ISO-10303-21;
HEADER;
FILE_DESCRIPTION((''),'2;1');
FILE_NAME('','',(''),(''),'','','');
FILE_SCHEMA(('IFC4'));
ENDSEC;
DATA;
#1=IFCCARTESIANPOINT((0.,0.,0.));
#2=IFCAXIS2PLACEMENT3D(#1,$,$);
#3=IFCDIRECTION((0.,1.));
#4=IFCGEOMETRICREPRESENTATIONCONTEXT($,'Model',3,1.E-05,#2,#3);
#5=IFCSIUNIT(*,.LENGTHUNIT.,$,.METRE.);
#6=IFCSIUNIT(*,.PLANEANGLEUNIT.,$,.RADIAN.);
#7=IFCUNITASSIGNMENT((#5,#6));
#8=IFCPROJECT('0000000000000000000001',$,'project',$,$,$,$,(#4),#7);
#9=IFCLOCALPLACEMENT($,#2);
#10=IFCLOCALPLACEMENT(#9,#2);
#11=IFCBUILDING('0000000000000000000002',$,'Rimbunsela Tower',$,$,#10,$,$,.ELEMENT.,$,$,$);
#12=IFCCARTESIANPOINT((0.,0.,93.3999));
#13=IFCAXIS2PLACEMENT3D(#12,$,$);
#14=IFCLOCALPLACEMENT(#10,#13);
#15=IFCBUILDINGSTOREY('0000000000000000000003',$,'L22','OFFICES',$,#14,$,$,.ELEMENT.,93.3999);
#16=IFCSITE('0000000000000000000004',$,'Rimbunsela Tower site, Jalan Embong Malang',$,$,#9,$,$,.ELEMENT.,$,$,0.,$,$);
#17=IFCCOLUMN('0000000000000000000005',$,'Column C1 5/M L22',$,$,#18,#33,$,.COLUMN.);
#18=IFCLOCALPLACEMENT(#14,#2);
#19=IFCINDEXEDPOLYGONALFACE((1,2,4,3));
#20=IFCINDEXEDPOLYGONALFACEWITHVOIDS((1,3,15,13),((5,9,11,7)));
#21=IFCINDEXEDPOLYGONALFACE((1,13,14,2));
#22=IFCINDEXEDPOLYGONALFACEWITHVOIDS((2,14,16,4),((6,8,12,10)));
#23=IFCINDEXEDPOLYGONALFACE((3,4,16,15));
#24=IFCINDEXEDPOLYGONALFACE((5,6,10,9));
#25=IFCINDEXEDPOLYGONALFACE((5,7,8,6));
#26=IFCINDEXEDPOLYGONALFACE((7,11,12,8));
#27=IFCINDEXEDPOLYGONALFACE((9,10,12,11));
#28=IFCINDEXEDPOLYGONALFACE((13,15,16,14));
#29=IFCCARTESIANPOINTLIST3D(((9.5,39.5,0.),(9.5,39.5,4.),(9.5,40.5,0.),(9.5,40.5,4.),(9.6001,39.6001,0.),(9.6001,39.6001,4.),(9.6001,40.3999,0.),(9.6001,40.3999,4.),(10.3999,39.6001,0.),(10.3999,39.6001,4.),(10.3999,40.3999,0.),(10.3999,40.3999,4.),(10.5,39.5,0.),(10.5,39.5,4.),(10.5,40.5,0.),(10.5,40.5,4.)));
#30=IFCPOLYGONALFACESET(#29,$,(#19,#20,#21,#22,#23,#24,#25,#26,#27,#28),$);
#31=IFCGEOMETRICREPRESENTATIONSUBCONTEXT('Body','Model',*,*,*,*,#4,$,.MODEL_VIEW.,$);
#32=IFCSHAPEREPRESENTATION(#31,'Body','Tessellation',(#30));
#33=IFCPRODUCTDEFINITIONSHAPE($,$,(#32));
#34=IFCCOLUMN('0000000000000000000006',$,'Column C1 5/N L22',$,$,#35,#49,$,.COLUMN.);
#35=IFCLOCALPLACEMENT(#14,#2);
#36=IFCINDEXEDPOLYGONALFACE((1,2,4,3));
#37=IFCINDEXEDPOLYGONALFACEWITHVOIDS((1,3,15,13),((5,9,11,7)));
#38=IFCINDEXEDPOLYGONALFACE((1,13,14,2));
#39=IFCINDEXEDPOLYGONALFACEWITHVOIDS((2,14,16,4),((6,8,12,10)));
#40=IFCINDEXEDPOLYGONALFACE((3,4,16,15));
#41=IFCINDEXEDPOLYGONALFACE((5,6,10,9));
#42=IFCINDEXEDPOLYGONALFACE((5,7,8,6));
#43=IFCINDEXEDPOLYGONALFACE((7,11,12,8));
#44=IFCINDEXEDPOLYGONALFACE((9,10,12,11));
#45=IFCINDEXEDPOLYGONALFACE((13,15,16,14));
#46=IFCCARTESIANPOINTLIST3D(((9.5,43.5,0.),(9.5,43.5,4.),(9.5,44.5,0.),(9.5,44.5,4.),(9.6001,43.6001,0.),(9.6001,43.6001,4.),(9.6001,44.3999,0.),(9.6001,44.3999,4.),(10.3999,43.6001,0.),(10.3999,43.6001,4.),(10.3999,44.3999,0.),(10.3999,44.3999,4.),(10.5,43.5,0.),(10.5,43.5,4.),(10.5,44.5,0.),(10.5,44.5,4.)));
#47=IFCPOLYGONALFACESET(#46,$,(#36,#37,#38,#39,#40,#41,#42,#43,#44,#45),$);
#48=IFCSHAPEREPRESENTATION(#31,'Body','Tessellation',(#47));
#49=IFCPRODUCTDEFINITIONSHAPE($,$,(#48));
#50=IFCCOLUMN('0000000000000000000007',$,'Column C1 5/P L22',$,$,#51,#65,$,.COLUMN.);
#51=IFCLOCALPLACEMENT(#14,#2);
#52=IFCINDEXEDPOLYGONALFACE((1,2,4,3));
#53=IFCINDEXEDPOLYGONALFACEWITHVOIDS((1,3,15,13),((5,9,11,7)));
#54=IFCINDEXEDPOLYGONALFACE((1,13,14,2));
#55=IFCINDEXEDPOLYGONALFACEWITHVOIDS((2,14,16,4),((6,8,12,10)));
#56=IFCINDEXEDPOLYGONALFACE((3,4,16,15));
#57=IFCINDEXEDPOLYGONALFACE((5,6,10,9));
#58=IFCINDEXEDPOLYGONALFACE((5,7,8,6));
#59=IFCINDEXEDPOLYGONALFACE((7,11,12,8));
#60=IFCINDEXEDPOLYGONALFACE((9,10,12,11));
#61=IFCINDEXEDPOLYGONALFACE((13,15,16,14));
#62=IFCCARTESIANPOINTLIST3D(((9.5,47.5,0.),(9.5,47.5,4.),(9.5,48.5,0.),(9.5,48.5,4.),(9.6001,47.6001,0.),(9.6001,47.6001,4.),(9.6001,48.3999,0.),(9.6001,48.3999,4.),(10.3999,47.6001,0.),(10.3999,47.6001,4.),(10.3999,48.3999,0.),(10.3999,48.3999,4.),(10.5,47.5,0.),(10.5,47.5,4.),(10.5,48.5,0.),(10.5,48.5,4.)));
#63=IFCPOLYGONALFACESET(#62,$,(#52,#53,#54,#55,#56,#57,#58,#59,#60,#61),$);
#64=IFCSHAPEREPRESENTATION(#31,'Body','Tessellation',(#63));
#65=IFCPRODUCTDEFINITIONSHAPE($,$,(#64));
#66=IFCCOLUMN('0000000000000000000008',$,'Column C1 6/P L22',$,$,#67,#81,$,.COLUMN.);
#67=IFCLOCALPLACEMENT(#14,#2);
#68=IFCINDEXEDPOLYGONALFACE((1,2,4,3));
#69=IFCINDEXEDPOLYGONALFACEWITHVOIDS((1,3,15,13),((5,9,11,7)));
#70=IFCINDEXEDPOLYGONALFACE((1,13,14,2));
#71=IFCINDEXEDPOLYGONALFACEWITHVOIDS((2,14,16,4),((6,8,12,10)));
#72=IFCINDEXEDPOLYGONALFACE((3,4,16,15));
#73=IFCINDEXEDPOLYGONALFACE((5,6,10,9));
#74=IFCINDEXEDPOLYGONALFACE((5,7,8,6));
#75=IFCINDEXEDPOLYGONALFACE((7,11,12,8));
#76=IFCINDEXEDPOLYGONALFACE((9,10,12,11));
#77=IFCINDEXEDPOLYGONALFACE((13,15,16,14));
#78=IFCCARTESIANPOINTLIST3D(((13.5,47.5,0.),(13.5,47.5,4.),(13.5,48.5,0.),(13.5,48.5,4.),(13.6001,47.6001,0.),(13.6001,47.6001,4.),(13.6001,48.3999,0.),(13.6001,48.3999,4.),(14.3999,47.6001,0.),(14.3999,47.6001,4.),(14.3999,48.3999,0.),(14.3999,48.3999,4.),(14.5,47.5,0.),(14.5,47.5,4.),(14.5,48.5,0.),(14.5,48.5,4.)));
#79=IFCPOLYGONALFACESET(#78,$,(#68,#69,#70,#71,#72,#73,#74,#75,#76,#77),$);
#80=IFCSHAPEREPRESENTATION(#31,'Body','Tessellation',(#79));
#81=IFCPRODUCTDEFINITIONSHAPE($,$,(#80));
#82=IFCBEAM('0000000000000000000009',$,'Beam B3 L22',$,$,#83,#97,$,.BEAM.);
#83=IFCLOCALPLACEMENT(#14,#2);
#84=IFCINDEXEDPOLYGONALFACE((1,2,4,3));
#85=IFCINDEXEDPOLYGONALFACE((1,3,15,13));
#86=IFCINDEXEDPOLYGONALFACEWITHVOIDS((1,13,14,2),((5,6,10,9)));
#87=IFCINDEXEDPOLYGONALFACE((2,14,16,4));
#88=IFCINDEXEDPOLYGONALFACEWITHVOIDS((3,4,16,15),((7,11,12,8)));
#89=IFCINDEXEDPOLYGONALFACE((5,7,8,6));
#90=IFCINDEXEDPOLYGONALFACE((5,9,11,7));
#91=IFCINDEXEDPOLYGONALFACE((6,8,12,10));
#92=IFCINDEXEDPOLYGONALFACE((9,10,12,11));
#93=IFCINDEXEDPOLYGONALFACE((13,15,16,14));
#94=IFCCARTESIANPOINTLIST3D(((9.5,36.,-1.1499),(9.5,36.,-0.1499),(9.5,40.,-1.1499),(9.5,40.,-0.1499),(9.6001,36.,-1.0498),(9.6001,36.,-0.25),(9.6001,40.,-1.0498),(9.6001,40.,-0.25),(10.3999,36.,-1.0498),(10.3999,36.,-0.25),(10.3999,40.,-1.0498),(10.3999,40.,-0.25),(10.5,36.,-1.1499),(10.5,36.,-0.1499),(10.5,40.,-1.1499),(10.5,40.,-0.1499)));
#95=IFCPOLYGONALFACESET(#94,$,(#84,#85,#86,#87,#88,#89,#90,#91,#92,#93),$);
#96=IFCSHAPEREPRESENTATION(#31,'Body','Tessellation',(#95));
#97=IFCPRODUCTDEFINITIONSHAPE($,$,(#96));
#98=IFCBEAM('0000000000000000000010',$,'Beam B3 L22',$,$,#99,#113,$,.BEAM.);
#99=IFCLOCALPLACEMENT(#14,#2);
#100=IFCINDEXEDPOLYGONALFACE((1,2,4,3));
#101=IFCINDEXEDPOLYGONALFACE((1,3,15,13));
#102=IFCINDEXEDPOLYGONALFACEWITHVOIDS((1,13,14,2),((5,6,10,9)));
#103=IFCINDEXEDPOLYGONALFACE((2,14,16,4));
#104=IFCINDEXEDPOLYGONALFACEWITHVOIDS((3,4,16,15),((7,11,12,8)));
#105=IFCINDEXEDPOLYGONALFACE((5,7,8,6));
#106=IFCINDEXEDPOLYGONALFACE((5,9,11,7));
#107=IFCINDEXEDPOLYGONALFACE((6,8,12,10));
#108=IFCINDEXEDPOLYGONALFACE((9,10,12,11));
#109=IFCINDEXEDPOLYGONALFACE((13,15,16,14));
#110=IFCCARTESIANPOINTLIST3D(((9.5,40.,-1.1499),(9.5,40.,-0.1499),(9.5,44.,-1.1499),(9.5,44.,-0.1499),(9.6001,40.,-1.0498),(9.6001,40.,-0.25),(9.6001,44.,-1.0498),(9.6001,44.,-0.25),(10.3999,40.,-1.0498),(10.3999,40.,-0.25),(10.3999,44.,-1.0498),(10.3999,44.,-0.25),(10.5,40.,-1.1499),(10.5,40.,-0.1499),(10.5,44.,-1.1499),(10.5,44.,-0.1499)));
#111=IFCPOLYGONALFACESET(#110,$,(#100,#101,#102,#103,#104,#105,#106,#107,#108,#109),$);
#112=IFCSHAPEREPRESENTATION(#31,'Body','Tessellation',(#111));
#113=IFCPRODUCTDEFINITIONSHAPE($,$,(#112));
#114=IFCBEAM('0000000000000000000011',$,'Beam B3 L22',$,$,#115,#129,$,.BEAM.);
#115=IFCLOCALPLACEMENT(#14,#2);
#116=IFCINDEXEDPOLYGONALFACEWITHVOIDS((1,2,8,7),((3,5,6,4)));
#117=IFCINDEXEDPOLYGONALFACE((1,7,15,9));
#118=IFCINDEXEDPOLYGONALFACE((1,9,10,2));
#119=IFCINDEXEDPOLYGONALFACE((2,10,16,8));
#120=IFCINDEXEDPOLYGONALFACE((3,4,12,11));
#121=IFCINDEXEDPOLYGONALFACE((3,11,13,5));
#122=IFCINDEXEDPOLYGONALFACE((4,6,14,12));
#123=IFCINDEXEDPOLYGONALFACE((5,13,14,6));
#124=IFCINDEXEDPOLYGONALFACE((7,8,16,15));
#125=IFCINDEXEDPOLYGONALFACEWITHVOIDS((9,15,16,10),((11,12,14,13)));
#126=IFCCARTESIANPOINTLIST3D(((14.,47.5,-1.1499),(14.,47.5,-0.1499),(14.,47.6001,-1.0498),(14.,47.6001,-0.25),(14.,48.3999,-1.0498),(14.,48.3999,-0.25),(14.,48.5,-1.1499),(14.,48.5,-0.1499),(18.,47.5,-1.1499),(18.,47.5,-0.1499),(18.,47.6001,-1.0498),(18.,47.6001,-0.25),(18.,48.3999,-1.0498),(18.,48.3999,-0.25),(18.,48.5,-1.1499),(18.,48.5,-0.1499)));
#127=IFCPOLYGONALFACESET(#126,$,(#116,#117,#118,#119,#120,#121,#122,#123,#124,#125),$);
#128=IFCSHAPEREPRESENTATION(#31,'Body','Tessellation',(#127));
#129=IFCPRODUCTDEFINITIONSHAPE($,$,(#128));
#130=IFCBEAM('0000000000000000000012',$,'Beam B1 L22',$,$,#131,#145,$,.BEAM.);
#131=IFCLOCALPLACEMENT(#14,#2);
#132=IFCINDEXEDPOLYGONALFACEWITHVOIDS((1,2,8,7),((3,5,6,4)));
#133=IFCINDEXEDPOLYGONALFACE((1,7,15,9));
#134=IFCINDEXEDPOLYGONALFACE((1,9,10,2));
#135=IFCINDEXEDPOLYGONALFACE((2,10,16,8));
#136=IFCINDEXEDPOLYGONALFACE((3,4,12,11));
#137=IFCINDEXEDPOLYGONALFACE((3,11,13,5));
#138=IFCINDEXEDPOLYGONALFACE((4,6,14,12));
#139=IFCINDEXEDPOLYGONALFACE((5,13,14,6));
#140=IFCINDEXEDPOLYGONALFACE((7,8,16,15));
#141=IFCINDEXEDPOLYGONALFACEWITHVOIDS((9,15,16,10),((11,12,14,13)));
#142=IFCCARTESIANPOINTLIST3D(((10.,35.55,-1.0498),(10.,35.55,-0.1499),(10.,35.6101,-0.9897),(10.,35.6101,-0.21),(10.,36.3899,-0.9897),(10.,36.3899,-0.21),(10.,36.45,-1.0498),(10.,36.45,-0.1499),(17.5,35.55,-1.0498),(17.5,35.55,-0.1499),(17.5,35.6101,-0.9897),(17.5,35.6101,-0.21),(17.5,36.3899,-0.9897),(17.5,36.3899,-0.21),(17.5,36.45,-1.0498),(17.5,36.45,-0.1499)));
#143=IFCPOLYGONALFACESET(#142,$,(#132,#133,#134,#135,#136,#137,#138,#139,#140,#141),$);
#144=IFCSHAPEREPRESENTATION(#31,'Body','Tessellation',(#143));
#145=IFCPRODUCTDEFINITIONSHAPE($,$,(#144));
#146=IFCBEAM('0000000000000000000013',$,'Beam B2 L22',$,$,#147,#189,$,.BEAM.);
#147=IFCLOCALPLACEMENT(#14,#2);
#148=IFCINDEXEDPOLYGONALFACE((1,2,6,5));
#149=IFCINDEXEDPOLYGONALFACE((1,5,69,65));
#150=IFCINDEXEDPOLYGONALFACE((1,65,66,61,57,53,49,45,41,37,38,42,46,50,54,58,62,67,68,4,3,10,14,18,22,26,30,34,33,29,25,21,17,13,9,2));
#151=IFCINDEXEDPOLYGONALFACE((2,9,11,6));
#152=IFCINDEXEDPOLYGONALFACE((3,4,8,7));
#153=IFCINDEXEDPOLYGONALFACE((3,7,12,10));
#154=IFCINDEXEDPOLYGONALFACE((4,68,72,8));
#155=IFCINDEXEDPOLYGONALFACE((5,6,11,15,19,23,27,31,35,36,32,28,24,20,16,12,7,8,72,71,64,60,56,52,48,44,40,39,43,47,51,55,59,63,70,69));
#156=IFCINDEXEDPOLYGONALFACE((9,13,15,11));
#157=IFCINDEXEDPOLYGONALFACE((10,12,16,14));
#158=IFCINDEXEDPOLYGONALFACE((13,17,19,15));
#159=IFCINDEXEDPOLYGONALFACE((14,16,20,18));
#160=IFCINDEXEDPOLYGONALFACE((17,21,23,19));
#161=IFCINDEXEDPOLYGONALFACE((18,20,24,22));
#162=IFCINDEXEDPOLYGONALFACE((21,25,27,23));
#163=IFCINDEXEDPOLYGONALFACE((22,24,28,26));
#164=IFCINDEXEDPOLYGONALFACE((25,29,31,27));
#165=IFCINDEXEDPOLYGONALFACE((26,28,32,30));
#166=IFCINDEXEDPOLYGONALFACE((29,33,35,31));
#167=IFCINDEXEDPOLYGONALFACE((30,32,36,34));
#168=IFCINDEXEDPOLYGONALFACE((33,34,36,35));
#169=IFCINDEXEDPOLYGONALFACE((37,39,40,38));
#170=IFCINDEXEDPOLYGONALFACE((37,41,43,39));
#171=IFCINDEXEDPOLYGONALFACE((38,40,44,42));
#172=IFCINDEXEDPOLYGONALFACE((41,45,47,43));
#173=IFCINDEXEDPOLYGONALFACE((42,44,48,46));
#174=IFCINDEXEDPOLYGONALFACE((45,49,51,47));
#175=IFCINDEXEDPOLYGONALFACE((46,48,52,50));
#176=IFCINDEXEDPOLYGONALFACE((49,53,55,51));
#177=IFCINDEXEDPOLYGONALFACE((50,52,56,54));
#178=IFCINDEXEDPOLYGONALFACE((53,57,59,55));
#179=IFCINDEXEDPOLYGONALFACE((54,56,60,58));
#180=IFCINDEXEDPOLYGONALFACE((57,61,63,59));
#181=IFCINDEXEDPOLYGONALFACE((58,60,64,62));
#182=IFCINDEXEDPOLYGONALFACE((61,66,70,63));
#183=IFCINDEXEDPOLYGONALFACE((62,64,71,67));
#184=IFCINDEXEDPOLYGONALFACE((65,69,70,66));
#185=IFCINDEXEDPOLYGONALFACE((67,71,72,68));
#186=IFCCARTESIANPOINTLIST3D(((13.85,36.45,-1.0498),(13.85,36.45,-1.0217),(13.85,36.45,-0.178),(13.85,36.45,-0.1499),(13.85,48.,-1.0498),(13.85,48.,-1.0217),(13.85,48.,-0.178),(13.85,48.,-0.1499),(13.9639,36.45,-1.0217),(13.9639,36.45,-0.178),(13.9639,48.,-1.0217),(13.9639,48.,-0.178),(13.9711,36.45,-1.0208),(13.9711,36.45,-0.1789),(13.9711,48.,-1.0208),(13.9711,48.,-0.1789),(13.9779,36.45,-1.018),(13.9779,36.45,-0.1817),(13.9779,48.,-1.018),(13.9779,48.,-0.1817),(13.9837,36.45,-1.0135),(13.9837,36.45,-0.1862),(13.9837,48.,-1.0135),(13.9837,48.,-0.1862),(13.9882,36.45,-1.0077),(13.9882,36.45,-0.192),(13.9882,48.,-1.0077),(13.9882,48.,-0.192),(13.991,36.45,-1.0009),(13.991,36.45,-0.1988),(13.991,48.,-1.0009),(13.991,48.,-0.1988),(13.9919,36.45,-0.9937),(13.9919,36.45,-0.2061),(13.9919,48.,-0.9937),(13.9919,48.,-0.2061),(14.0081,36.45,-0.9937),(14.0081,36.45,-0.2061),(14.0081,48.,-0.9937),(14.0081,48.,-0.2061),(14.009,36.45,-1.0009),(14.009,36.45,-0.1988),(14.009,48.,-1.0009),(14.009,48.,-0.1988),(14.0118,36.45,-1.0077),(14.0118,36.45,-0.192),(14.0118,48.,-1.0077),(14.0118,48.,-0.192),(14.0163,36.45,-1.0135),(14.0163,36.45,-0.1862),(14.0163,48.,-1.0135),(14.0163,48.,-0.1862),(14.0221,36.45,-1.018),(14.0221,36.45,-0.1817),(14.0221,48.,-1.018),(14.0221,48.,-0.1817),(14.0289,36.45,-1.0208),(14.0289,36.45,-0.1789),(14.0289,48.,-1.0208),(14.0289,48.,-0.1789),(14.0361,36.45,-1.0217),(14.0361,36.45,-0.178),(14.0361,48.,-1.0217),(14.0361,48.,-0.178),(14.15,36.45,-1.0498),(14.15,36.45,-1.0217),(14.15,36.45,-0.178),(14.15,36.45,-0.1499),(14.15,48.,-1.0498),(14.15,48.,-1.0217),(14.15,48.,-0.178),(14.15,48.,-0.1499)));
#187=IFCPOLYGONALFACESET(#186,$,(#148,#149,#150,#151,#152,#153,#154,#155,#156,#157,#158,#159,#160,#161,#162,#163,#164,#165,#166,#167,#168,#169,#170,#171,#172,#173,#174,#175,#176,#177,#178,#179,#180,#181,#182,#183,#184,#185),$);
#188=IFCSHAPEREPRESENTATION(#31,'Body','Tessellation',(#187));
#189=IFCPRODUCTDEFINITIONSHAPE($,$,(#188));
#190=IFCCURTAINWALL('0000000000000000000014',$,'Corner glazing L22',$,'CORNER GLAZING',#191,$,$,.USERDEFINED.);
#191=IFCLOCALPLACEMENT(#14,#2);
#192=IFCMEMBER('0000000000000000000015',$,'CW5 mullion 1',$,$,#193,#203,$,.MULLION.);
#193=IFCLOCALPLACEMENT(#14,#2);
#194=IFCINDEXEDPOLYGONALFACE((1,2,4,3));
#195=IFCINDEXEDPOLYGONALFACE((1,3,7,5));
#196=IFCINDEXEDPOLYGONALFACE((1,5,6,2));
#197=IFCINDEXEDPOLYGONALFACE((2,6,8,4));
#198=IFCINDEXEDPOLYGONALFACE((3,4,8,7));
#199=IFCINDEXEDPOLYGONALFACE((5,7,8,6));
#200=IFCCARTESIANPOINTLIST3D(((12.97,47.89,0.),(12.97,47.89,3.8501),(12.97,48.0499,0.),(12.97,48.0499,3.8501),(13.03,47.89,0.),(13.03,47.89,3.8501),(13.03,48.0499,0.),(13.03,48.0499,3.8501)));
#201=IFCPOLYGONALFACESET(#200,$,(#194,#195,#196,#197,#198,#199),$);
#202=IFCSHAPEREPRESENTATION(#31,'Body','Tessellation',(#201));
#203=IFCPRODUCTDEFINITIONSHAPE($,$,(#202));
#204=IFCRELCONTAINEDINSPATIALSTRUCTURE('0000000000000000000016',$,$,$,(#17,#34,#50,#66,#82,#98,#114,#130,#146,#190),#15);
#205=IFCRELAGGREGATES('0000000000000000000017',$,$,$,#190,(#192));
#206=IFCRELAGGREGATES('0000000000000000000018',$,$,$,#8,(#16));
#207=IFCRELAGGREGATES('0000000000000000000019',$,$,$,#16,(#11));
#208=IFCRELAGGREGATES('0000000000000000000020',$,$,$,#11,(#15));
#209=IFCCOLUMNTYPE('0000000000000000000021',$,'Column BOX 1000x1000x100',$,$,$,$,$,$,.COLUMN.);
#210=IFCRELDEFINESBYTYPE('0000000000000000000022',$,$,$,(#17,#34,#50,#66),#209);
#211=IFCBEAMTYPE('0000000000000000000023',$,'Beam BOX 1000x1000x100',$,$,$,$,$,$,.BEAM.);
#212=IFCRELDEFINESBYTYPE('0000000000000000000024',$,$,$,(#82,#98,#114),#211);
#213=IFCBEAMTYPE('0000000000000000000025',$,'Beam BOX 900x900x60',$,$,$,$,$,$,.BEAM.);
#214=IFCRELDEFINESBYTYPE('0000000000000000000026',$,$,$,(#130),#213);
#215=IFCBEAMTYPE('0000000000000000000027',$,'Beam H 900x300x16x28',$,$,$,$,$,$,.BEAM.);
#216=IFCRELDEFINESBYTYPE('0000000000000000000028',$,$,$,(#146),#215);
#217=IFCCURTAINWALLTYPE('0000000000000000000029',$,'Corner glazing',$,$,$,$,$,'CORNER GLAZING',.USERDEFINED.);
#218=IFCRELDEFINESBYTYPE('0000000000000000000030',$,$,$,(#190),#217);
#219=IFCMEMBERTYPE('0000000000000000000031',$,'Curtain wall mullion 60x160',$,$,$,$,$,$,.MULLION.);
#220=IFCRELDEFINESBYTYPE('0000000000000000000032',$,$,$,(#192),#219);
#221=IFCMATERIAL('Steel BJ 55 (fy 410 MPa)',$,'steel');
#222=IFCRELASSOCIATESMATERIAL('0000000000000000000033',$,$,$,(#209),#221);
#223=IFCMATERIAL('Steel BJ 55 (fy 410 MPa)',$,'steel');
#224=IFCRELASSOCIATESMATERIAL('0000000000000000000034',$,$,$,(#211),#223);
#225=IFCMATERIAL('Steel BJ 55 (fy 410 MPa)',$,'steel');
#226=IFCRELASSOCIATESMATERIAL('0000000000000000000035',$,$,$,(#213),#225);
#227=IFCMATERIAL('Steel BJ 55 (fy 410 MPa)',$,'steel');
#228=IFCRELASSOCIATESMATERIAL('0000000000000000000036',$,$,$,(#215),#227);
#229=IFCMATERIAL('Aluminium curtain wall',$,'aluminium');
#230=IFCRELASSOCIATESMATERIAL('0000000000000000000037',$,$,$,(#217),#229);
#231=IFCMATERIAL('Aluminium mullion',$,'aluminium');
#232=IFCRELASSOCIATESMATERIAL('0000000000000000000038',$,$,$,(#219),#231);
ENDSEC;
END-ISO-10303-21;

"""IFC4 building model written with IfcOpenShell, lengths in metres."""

from ifc_helpers import new_model, si_unit, direction, frame, origin, origin_2d, place, context, subcontext, project, spatial, rectangle, hollow_rectangle, i_section, extrude, material, material_profile, profile_set, type_object, element, aggregate, save


model = new_model("IFC4")

# Units and contexts
model_context = context("Model", 3, precision=1e-05, world=origin(), true_north=direction((0.0, 1.0)))
body_context = subcontext(model_context, "Body", "Model", "MODEL_VIEW")
ifc_project = project(units=[si_unit("LENGTHUNIT", "METRE"), si_unit("PLANEANGLEUNIT", "RADIAN")], contexts=[model_context])

# Site, building, storey
site_placement = place(None, origin())
site = spatial("IfcSite", under=ifc_project, at=site_placement, Name="Rimbunsela Tower site, Jalan Embong Malang", CompositionType="ELEMENT", RefElevation=0.0)
building_placement = place(site_placement, origin())
building = spatial("IfcBuilding", under=site, at=building_placement, Name="Rimbunsela Tower", CompositionType="ELEMENT")
storey_placement = place(building_placement, frame((0.0, 0.0, 93.3999)))
storey = spatial("IfcBuildingStorey", under=building, at=storey_placement, Name="L22", Description="OFFICES", CompositionType="ELEMENT", Elevation=93.3999)

# Columns
ifc_material_1 = material(Name="Steel BJ 55 (fy 410 MPa)", Category="steel")
ifc_material_profile_1 = material_profile(ifc_material_1, hollow_rectangle(XDim=1.0, YDim=1.0, WallThickness=0.1001, at=origin_2d()), Name="BOX 1000x1000x100")
ifc_profile_set_1 = profile_set([ifc_material_profile_1], Name="Steel BJ 55 (fy 410 MPa)")
column_type = type_object("IfcColumnType", Name="Column BOX 1000x1000x100", PredefinedType="COLUMN", material=ifc_profile_set_1)
for number, where, z_axis, x_axis, name in (
    (1, (10.0, 40.0, 0.0), (0.0, 0.0, 1.0), (1.0, 0.0, 0.0), "Column C1 5/M L22"),
    (2, (10.0, 44.0, 0.0), (0.0, 0.0, 1.0), (1.0, 0.0, 0.0), "Column C1 5/N L22"),
    (3, (10.0, 48.0, 0.0), (0.0, 0.0, 1.0), (1.0, 0.0, 0.0), "Column C1 5/P L22"),
    (4, (14.0, 48.0, 0.0), (0.0, 0.0, 1.0), (1.0, 0.0, 0.0), "Column C1 6/P L22"),
):
    element("IfcColumn", number, at=place(storey_placement, frame(where, z_axis=z_axis, x_axis=x_axis)), inside=storey, type_object=column_type, Name=name, PredefinedType="COLUMN", context=body_context, shape_type="SweptSolid", body=[
        extrude(hollow_rectangle(XDim=1.0, YDim=1.0, WallThickness=0.1001, at=origin_2d()), origin(), (0.0, 0.0, 1.0), 4.0),
    ])

# Beams
ifc_material_2 = material(Name="Steel BJ 55 (fy 410 MPa)", Category="steel")
ifc_material_profile_2 = material_profile(ifc_material_2, hollow_rectangle(XDim=1.0, YDim=1.0, WallThickness=0.1001, at=origin_2d()), Name="BOX 1000x1000x100")
ifc_profile_set_2 = profile_set([ifc_material_profile_2], Name="Steel BJ 55 (fy 410 MPa)")
beam_type_1 = type_object("IfcBeamType", Name="Beam BOX 1000x1000x100", PredefinedType="BEAM", material=ifc_profile_set_2)
for number, where, z_axis, x_axis, name in (
    (5, (10.0, 36.0, -0.6499), (0.0, 1.0, 0.0), (-1.0, 0.0, 0.0), "Beam B3 L22"),
    (6, (10.0, 40.0, -0.6499), (0.0, 1.0, 0.0), (-1.0, 0.0, 0.0), "Beam B3 L22"),
    (7, (14.0, 48.0, -0.6499), (1.0, 0.0, 0.0), (0.0, 1.0, 0.0), "Beam B3 L22"),
):
    element("IfcBeam", number, at=place(storey_placement, frame(where, z_axis=z_axis, x_axis=x_axis)), inside=storey, type_object=beam_type_1, Name=name, PredefinedType="BEAM", context=body_context, shape_type="SweptSolid", body=[
        extrude(hollow_rectangle(XDim=1.0, YDim=1.0, WallThickness=0.1001, at=origin_2d()), origin(), (0.0, 0.0, 1.0), 4.0),
    ])
ifc_material_3 = material(Name="Steel BJ 55 (fy 410 MPa)", Category="steel")
ifc_material_profile_3 = material_profile(ifc_material_3, hollow_rectangle(XDim=0.8999, YDim=0.8999, WallThickness=0.0601, at=origin_2d()), Name="BOX 900x900x60")
ifc_profile_set_3 = profile_set([ifc_material_profile_3], Name="Steel BJ 55 (fy 410 MPa)")
beam_type_2 = type_object("IfcBeamType", Name="Beam BOX 900x900x60", PredefinedType="BEAM", material=ifc_profile_set_3)
beam_1_placement = place(storey_placement, frame((10.0, 36.0, -0.5999), z_axis=(1.0, 0.0, 0.0), x_axis=(0.0, 1.0, 0.0)))
element("IfcBeam", 8, at=beam_1_placement, inside=storey, type_object=beam_type_2, Name="Beam B1 L22", PredefinedType="BEAM", context=body_context, shape_type="SweptSolid", body=[
    extrude(hollow_rectangle(XDim=0.8999, YDim=0.8999, WallThickness=0.0601, at=origin_2d()), origin(), (0.0, 0.0, 1.0), 7.5),
])
ifc_material_4 = material(Name="Steel BJ 55 (fy 410 MPa)", Category="steel")
ifc_material_profile_4 = material_profile(ifc_material_4, i_section(OverallWidth=0.3, OverallDepth=0.8999, WebThickness=0.0161, FlangeThickness=0.0281, FilletRadius=0.0281, at=origin_2d()), Name="H 900x300x16x28")
ifc_profile_set_4 = profile_set([ifc_material_profile_4], Name="Steel BJ 55 (fy 410 MPa)")
beam_type_3 = type_object("IfcBeamType", Name="Beam H 900x300x16x28", PredefinedType="BEAM", material=ifc_profile_set_4)
beam_2_placement = place(storey_placement, frame((14.0, 36.45, -0.5999), z_axis=(0.0, 1.0, 0.0), x_axis=(-1.0, 0.0, 0.0)))
element("IfcBeam", 9, at=beam_2_placement, inside=storey, type_object=beam_type_3, Name="Beam B2 L22", PredefinedType="BEAM", context=body_context, shape_type="SweptSolid", body=[
    extrude(i_section(OverallWidth=0.3, OverallDepth=0.8999, WebThickness=0.0161, FlangeThickness=0.0281, FilletRadius=0.0281, at=origin_2d()), origin(), (0.0, 0.0, 1.0), 11.55),
])

# Curtain wall, member
ifc_material_5 = material(Name="Aluminium curtain wall", Category="aluminium")
curtain_wall_type = type_object("IfcCurtainWallType", Name="Corner glazing", ElementType="CORNER GLAZING", PredefinedType="USERDEFINED", material=ifc_material_5)
curtain_wall_1_placement = place(storey_placement, origin())
curtain_wall_1 = element("IfcCurtainWall", 10, at=curtain_wall_1_placement, inside=storey, type_object=curtain_wall_type, Name="Corner glazing L22", ObjectType="CORNER GLAZING", PredefinedType="USERDEFINED")
ifc_material_6 = material(Name="Aluminium mullion", Category="aluminium")
ifc_material_profile_5 = material_profile(ifc_material_6, rectangle(XDim=0.0601, YDim=0.1599, at=origin_2d()), Name="Mullion 60x160")
ifc_profile_set_5 = profile_set([ifc_material_profile_5], Name="Aluminium mullion")
member_type_1 = type_object("IfcMemberType", Name="Curtain wall mullion 60x160", PredefinedType="MULLION", material=ifc_profile_set_5)
member_1_placement = place(storey_placement, frame((13.0, 47.97, 0.0), z_axis=(0.0, 0.0, 1.0), x_axis=(1.0, 0.0, 0.0)))
member_1 = element("IfcMember", 11, at=member_1_placement, type_object=member_type_1, Name="CW5 mullion 1", PredefinedType="MULLION", context=body_context, shape_type="SweptSolid", body=[
    extrude(rectangle(XDim=0.0601, YDim=0.1599, at=origin_2d()), origin(), (0.0, 0.0, 1.0), 3.8501),
])

aggregate(curtain_wall_1, [member_1])

save(model, "model.ifc")
